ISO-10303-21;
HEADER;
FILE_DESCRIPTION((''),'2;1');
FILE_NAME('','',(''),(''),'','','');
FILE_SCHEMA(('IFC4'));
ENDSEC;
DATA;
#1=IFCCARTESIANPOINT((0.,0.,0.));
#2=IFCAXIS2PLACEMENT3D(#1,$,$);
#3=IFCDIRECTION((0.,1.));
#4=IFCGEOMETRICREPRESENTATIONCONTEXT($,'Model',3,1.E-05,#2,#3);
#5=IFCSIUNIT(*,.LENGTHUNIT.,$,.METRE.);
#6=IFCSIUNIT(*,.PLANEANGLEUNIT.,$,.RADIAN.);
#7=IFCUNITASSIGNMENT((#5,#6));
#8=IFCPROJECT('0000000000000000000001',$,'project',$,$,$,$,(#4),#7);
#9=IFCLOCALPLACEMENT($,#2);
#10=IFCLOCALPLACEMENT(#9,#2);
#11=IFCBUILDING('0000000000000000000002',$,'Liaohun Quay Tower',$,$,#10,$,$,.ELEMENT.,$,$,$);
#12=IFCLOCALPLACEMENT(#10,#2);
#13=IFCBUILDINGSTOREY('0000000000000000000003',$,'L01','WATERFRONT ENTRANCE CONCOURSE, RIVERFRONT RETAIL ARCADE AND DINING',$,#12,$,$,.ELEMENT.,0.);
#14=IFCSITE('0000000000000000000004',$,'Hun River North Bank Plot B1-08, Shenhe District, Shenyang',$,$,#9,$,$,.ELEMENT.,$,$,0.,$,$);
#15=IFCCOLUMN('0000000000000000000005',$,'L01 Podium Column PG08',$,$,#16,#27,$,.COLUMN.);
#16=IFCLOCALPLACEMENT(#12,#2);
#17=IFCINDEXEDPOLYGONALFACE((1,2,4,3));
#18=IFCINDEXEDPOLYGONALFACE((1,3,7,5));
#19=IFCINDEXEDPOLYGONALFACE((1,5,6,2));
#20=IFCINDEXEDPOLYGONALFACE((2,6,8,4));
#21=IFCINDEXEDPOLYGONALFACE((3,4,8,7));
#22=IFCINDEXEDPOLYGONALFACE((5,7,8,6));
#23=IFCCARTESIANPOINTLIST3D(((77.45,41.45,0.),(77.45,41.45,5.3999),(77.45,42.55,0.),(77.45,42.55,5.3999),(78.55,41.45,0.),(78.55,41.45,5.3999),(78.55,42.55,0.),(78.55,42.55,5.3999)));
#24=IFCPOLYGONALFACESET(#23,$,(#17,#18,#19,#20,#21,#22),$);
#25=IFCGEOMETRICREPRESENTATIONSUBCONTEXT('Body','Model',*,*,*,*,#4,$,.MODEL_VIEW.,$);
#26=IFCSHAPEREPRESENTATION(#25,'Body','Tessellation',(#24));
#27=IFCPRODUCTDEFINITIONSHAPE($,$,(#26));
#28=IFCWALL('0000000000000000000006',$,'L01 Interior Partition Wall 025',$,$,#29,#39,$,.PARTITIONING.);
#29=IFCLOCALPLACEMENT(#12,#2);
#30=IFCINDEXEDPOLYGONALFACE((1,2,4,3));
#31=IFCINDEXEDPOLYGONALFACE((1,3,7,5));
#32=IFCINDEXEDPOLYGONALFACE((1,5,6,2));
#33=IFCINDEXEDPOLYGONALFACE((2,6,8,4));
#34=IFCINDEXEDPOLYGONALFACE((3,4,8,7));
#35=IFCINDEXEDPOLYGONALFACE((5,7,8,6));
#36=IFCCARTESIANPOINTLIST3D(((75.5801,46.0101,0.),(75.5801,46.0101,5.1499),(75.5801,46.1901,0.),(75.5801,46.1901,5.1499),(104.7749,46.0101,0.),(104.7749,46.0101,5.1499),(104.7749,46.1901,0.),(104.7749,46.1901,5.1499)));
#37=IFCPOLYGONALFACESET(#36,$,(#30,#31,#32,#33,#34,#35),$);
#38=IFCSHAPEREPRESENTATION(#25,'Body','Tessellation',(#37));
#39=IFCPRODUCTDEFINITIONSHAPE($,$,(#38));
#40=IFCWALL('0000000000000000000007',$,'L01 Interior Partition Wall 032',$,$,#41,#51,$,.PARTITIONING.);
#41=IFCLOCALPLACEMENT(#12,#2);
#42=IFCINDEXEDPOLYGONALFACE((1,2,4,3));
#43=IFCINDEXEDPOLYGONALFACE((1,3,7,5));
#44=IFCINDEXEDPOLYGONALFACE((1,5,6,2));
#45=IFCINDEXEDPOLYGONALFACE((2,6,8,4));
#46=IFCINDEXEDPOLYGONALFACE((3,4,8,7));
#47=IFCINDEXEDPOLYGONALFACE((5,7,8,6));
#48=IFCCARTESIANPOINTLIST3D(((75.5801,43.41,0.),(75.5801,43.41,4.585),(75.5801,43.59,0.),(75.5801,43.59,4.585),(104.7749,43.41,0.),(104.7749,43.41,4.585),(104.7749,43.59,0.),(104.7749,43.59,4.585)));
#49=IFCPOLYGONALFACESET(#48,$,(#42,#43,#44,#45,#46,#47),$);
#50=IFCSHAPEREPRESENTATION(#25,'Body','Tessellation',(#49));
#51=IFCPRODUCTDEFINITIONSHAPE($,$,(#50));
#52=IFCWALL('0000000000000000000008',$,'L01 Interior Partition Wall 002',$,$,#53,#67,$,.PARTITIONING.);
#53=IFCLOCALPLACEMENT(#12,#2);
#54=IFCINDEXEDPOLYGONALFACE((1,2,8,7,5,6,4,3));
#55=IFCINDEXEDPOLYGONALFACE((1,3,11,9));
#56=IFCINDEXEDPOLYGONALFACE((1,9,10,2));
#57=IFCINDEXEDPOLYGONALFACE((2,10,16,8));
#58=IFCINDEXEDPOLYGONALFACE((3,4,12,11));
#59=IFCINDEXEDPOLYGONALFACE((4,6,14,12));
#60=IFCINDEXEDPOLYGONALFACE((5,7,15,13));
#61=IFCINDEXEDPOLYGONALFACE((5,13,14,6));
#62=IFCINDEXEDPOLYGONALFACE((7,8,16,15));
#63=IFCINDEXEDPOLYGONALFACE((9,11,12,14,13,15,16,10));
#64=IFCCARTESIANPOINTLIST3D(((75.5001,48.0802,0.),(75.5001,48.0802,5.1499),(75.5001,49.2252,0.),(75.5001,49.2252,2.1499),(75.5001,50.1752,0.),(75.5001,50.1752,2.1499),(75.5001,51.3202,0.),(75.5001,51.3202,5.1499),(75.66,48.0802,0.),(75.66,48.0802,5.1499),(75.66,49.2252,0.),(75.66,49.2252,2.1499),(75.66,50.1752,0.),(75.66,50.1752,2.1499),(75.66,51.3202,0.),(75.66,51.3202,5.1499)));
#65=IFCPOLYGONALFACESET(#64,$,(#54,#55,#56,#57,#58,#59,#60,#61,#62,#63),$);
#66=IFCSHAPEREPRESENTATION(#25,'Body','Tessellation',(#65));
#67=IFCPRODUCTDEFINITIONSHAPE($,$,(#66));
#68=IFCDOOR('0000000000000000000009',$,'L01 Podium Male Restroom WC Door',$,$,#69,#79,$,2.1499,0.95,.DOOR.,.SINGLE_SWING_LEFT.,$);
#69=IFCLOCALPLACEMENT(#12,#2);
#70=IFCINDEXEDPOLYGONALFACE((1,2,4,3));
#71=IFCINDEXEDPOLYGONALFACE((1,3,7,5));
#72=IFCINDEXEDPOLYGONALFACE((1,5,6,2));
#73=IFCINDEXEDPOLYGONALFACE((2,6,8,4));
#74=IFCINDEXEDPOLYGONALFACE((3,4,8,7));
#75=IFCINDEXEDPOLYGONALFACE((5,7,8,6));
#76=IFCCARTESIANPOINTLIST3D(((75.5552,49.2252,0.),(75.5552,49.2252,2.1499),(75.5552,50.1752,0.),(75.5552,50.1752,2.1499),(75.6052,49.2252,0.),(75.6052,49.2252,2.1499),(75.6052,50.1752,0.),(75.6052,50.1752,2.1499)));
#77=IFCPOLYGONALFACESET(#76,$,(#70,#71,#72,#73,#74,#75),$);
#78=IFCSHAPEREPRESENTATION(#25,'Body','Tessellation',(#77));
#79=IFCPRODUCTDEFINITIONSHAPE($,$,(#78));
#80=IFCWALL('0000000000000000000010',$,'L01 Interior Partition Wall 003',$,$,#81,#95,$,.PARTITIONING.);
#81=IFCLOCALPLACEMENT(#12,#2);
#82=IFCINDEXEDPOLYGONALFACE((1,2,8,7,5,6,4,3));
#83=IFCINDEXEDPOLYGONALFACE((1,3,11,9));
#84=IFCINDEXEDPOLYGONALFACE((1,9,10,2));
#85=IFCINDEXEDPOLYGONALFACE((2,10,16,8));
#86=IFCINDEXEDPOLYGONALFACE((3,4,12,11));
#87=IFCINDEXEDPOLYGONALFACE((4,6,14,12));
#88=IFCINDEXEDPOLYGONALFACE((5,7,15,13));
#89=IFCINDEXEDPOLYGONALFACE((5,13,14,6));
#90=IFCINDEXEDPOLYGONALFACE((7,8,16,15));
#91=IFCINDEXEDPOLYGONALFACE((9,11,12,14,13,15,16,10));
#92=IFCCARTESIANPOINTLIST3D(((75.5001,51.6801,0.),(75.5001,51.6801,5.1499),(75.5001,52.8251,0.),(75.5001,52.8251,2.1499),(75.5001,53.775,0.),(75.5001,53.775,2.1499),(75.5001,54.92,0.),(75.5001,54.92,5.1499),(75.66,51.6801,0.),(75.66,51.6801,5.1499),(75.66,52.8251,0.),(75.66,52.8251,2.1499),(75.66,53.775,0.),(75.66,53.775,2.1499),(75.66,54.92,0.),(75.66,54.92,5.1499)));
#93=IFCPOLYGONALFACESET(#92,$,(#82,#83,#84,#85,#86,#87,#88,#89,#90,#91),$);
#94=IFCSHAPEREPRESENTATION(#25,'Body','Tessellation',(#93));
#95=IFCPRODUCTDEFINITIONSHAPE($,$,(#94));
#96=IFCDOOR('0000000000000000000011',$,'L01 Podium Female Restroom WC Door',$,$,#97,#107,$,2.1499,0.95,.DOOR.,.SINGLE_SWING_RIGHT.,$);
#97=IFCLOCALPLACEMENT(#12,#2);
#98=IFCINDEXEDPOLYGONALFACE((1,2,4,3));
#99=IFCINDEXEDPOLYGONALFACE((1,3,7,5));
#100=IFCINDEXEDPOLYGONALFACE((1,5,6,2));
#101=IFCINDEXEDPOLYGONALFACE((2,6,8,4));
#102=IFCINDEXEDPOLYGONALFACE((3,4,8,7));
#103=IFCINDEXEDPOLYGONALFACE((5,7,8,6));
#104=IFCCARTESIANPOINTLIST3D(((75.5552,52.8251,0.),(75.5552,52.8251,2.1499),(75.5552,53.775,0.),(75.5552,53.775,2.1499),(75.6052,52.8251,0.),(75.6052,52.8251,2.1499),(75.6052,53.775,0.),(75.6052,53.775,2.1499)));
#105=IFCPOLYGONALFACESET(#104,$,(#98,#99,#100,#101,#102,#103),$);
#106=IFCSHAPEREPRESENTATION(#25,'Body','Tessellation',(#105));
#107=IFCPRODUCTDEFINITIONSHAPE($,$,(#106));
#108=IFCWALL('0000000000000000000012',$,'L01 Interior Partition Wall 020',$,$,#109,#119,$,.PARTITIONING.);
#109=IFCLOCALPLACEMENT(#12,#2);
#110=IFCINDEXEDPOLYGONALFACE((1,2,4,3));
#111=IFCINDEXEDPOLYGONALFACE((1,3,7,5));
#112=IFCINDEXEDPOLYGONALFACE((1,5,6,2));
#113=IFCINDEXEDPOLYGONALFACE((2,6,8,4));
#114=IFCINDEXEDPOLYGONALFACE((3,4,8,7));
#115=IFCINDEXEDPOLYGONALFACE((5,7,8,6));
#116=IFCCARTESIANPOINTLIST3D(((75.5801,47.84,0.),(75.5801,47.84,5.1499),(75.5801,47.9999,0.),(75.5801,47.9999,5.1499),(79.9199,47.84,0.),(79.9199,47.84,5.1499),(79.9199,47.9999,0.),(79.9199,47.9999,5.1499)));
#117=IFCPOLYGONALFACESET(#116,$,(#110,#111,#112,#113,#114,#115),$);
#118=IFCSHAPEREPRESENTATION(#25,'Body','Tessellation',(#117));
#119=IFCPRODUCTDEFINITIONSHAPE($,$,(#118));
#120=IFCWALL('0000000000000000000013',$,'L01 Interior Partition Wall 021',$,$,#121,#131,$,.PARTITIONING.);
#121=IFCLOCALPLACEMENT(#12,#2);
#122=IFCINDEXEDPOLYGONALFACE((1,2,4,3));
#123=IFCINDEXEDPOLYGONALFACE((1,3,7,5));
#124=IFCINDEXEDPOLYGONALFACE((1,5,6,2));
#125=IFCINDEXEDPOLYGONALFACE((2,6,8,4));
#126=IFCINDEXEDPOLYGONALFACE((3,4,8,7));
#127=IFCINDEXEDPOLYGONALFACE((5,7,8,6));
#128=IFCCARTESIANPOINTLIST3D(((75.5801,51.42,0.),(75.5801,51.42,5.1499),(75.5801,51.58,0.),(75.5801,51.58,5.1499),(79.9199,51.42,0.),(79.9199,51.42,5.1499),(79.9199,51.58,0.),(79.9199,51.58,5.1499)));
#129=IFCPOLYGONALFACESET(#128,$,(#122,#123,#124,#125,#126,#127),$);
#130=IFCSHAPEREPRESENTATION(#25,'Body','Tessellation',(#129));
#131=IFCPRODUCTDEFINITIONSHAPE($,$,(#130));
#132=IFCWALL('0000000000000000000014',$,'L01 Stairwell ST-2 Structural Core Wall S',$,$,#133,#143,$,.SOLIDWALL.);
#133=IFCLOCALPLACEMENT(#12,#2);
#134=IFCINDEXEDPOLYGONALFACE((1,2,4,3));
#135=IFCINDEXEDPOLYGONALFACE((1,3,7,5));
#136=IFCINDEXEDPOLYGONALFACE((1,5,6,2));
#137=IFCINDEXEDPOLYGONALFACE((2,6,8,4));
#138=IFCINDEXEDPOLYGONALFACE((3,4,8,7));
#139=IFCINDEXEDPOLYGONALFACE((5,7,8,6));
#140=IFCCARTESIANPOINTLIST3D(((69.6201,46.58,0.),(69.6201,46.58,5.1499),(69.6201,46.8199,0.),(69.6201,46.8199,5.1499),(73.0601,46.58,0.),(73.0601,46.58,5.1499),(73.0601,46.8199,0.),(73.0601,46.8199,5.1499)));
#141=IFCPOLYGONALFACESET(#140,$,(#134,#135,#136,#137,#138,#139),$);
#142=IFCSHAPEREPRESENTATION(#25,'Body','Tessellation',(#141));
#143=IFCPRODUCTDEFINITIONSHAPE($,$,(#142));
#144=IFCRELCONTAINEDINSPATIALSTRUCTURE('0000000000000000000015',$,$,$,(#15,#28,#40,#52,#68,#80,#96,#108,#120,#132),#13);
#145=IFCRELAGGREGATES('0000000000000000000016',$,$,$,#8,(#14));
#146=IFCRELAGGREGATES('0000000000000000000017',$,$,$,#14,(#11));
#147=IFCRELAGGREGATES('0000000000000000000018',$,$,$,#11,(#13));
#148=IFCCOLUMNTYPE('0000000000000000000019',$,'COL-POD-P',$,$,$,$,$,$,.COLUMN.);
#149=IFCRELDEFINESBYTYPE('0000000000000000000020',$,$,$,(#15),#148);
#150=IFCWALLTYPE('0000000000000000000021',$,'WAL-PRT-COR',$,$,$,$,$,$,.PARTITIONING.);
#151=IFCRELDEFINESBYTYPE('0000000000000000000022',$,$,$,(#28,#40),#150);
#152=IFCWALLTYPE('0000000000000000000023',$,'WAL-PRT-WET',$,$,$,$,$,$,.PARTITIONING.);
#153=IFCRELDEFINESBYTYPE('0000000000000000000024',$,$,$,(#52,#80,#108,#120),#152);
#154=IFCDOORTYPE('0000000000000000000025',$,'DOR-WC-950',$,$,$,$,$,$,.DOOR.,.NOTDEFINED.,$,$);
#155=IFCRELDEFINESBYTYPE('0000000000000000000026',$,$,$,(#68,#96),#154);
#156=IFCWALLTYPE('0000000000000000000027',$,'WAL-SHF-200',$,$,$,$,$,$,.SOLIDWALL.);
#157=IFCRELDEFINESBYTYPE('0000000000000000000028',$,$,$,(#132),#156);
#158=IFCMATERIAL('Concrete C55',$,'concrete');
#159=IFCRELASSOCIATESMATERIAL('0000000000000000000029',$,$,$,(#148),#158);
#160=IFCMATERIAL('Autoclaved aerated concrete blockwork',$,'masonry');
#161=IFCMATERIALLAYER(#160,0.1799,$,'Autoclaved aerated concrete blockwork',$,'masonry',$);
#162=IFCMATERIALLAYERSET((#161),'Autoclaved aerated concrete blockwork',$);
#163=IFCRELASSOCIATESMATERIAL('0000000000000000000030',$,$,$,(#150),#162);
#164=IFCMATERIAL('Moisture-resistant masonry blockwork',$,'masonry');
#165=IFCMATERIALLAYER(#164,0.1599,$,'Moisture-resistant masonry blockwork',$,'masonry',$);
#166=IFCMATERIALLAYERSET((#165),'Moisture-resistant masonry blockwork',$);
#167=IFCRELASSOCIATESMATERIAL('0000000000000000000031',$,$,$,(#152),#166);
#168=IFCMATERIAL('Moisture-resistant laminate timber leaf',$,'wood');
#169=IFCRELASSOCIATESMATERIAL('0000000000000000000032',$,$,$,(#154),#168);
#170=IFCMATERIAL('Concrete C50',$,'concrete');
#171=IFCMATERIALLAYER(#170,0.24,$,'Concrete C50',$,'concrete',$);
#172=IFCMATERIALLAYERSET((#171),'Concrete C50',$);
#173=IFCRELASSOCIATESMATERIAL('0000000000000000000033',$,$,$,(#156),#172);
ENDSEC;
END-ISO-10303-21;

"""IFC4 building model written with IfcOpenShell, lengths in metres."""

from ifc_helpers import new_model, si_unit, direction, frame, frame_2d, origin, origin_2d, place, context, subcontext, project, spatial, rectangle, extrude, source, transform, mapped, material, layer, layer_set, material_profile, profile_set, type_object, element, fill, save


model = new_model("IFC4")

# Units and contexts
model_context = context("Model", 3, precision=1e-05, world=origin(), true_north=direction((0.0, 1.0)))
body_context = subcontext(model_context, "Body", "Model", "MODEL_VIEW")
ifc_project = project(units=[si_unit("LENGTHUNIT", "METRE"), si_unit("PLANEANGLEUNIT", "RADIAN")], contexts=[model_context])

# Site, building, storey
site_placement = place(None, origin())
site = spatial("IfcSite", under=ifc_project, at=site_placement, Name="Hun River North Bank Plot B1-08, Shenhe District, Shenyang", CompositionType="ELEMENT", RefElevation=0.0)
building_placement = place(site_placement, origin())
building = spatial("IfcBuilding", under=site, at=building_placement, Name="Liaohun Quay Tower", CompositionType="ELEMENT")
storey_placement = place(building_placement, origin())
storey = spatial("IfcBuildingStorey", under=building, at=storey_placement, Name="L01", Description="WATERFRONT ENTRANCE CONCOURSE, RIVERFRONT RETAIL ARCADE AND DINING", CompositionType="ELEMENT", Elevation=0.0)

# Column
ifc_material_1 = material(Name="Concrete C55", Category="concrete")
ifc_material_profile = material_profile(ifc_material_1, rectangle(XDim=1.1001, YDim=1.1001, at=origin_2d()), Name="RC1100x1100")
ifc_profile_set = profile_set([ifc_material_profile], Name="Concrete C55")
column_type = type_object("IfcColumnType", Name="COL-POD-P", PredefinedType="COLUMN", material=ifc_profile_set)
shared_shape_1 = source(origin(), body_context, "Body", "SweptSolid", [
    extrude(rectangle(XDim=1.1001, YDim=1.1001, at=origin_2d()), origin(), (0.0, 0.0, 1.0), 5.3999),
])
column_placement = place(storey_placement, frame((78.0, 42.0, 0.0), z_axis=(0.0, 0.0, 1.0), x_axis=(1.0, 0.0, 0.0)))
element("IfcColumn", 1, at=column_placement, inside=storey, type_object=column_type, Name="L01 Podium Column PG08", PredefinedType="COLUMN", context=body_context, shape_type="MappedRepresentation", body=[
    mapped(shared_shape_1, transform((0.0, 0.0, 0.0), x_axis=(1.0, 0.0, 0.0), y_axis=(0.0, 1.0, 0.0), z_axis=(0.0, 0.0, 1.0), scale=1.0)),
])

# Walls
ifc_material_2 = material(Name="Autoclaved aerated concrete blockwork", Category="masonry")
ifc_layer_1 = layer(ifc_material_2, 0.1799, Name="Autoclaved aerated concrete blockwork", Category="masonry")
ifc_layer_set_1 = layer_set([ifc_layer_1], Name="Autoclaved aerated concrete blockwork")
wall_type_1 = type_object("IfcWallType", Name="WAL-PRT-COR", PredefinedType="PARTITIONING", material=ifc_layer_set_1)
wall_1_placement = place(storey_placement, frame((75.5801, 46.1001, 0.0), z_axis=(0.0, 0.0, 1.0), x_axis=(1.0, 0.0, 0.0)))
element("IfcWall", 2, at=wall_1_placement, inside=storey, type_object=wall_type_1, Name="L01 Interior Partition Wall 025", PredefinedType="PARTITIONING", context=body_context, shape_type="SweptSolid", body=[
    extrude(rectangle(XDim=29.1948, YDim=0.1799, at=frame_2d((14.5974, 0.0))), origin(), (0.0, 0.0, 1.0), 5.1499),
])
wall_2_placement = place(storey_placement, frame((75.5801, 43.5, 0.0), z_axis=(0.0, 0.0, 1.0), x_axis=(1.0, 0.0, 0.0)))
element("IfcWall", 3, at=wall_2_placement, inside=storey, type_object=wall_type_1, Name="L01 Interior Partition Wall 032", PredefinedType="PARTITIONING", context=body_context, shape_type="SweptSolid", body=[
    extrude(rectangle(XDim=29.1948, YDim=0.1799, at=frame_2d((14.5974, 0.0))), origin(), (0.0, 0.0, 1.0), 4.585),
])

# Walls, openings, doors
ifc_material_3 = material(Name="Moisture-resistant masonry blockwork", Category="masonry")
ifc_layer_2 = layer(ifc_material_3, 0.1599, Name="Moisture-resistant masonry blockwork", Category="masonry")
ifc_layer_set_2 = layer_set([ifc_layer_2], Name="Moisture-resistant masonry blockwork")
wall_type_2 = type_object("IfcWallType", Name="WAL-PRT-WET", PredefinedType="PARTITIONING", material=ifc_layer_set_2)
wall_3_placement = place(storey_placement, frame((75.5801, 48.0801, 0.0), z_axis=(0.0, 0.0, 1.0), x_axis=(0.0, 1.0, 0.0)))
wall_3 = element("IfcWall", 4, at=wall_3_placement, inside=storey, type_object=wall_type_2, Name="L01 Interior Partition Wall 002", PredefinedType="PARTITIONING", context=body_context, shape_type="SweptSolid", body=[
    extrude(rectangle(XDim=3.24, YDim=0.1599, at=frame_2d((1.6201, 0.0))), origin(), (0.0, 0.0, 1.0), 5.1499),
])
shared_shape_2 = source(origin(), body_context, "Body", "SweptSolid", [
    extrude(rectangle(XDim=0.95, YDim=2.1499, at=frame_2d((0.4751, 1.075))), frame((0.0, 0.0898, 0.0), z_axis=(0.0, -1.0, 0.0), x_axis=(1.0, 0.0, 0.0)), (0.0, 0.0, 1.0), 0.1799),
])
opening_1_placement = place(wall_3_placement, frame((1.145, 0.0, 0.0)))
opening_1 = element("IfcOpeningElement", 5, at=opening_1_placement, cuts=wall_3, PredefinedType="OPENING", context=body_context, shape_type="MappedRepresentation", body=[
    mapped(shared_shape_2, transform((0.0, 0.0, 0.0), x_axis=(1.0, 0.0, 0.0), y_axis=(0.0, 1.0, 0.0), z_axis=(0.0, 0.0, 1.0), scale=1.0)),
])
ifc_material_4 = material(Name="Moisture-resistant laminate timber leaf", Category="wood")
door_type_1 = type_object("IfcDoorType", Name="DOR-WC-950", OperationType="NOTDEFINED", PredefinedType="DOOR", material=ifc_material_4)
shared_shape_3 = source(origin(), body_context, "Body", "SweptSolid", [
    extrude(rectangle(XDim=0.95, YDim=2.1499, at=frame_2d((0.4751, 1.075))), frame((0.0, 0.0249, 0.0), z_axis=(0.0, -1.0, 0.0), x_axis=(1.0, 0.0, 0.0)), (0.0, 0.0, 1.0), 0.05),
])
door_1_placement = place(opening_1_placement, origin())
door_1 = element("IfcDoor", 6, at=door_1_placement, inside=storey, type_object=door_type_1, Name="L01 Podium Male Restroom WC Door", OperationType="SINGLE_SWING_LEFT", OverallHeight=2.1499, OverallWidth=0.95, PredefinedType="DOOR", context=body_context, shape_type="MappedRepresentation", body=[
    mapped(shared_shape_3, transform((0.0, 0.0, 0.0), x_axis=(1.0, 0.0, 0.0), y_axis=(0.0, 1.0, 0.0), z_axis=(0.0, 0.0, 1.0), scale=1.0)),
])
fill(opening_1, door_1)
wall_4_placement = place(storey_placement, frame((75.5801, 51.6799, 0.0), z_axis=(0.0, 0.0, 1.0), x_axis=(0.0, 1.0, 0.0)))
wall_4 = element("IfcWall", 7, at=wall_4_placement, inside=storey, type_object=wall_type_2, Name="L01 Interior Partition Wall 003", PredefinedType="PARTITIONING", context=body_context, shape_type="SweptSolid", body=[
    extrude(rectangle(XDim=3.24, YDim=0.1599, at=frame_2d((1.6201, 0.0))), origin(), (0.0, 0.0, 1.0), 5.1499),
])
opening_2_placement = place(wall_4_placement, frame((1.145, 0.0, 0.0)))
opening_2 = element("IfcOpeningElement", 8, at=opening_2_placement, cuts=wall_4, PredefinedType="OPENING", context=body_context, shape_type="MappedRepresentation", body=[
    mapped(shared_shape_2, transform((0.0, 0.0, 0.0), x_axis=(1.0, 0.0, 0.0), y_axis=(0.0, 1.0, 0.0), z_axis=(0.0, 0.0, 1.0), scale=1.0)),
])
door_2_placement = place(opening_2_placement, origin())
door_2 = element("IfcDoor", 9, at=door_2_placement, inside=storey, type_object=door_type_1, Name="L01 Podium Female Restroom WC Door", OperationType="SINGLE_SWING_RIGHT", OverallHeight=2.1499, OverallWidth=0.95, PredefinedType="DOOR", context=body_context, shape_type="MappedRepresentation", body=[
    mapped(shared_shape_3, transform((0.0, 0.0, 0.0), x_axis=(1.0, 0.0, 0.0), y_axis=(0.0, 1.0, 0.0), z_axis=(0.0, 0.0, 1.0), scale=1.0)),
])
fill(opening_2, door_2)

# Walls
for number, where, z_axis, x_axis, name in (
    (10, (75.5801, 47.9199, 0.0), (0.0, 0.0, 1.0), (1.0, 0.0, 0.0), "L01 Interior Partition Wall 020"),
    (11, (75.5801, 51.5, 0.0), (0.0, 0.0, 1.0), (1.0, 0.0, 0.0), "L01 Interior Partition Wall 021"),
):
    element("IfcWall", number, at=place(storey_placement, frame(where, z_axis=z_axis, x_axis=x_axis)), inside=storey, type_object=wall_type_2, Name=name, PredefinedType="PARTITIONING", context=body_context, shape_type="SweptSolid", body=[
        extrude(rectangle(XDim=4.3398, YDim=0.1599, at=frame_2d((2.1699, 0.0))), origin(), (0.0, 0.0, 1.0), 5.1499),
    ])
ifc_material_5 = material(Name="Concrete C50", Category="concrete")
ifc_layer_3 = layer(ifc_material_5, 0.24, Name="Concrete C50", Category="concrete")
ifc_layer_set_3 = layer_set([ifc_layer_3], Name="Concrete C50")
wall_type_3 = type_object("IfcWallType", Name="WAL-SHF-200", PredefinedType="SOLIDWALL", material=ifc_layer_set_3)
wall_5_placement = place(storey_placement, frame((69.6201, 46.7, 0.0), z_axis=(0.0, 0.0, 1.0), x_axis=(1.0, 0.0, 0.0)))
element("IfcWall", 12, at=wall_5_placement, inside=storey, type_object=wall_type_3, Name="L01 Stairwell ST-2 Structural Core Wall S", PredefinedType="SOLIDWALL", context=body_context, shape_type="SweptSolid", body=[
    extrude(rectangle(XDim=3.4399, YDim=0.24, at=frame_2d((1.72, 0.0))), origin(), (0.0, 0.0, 1.0), 5.1499),
])

save(model, "model.ifc")
